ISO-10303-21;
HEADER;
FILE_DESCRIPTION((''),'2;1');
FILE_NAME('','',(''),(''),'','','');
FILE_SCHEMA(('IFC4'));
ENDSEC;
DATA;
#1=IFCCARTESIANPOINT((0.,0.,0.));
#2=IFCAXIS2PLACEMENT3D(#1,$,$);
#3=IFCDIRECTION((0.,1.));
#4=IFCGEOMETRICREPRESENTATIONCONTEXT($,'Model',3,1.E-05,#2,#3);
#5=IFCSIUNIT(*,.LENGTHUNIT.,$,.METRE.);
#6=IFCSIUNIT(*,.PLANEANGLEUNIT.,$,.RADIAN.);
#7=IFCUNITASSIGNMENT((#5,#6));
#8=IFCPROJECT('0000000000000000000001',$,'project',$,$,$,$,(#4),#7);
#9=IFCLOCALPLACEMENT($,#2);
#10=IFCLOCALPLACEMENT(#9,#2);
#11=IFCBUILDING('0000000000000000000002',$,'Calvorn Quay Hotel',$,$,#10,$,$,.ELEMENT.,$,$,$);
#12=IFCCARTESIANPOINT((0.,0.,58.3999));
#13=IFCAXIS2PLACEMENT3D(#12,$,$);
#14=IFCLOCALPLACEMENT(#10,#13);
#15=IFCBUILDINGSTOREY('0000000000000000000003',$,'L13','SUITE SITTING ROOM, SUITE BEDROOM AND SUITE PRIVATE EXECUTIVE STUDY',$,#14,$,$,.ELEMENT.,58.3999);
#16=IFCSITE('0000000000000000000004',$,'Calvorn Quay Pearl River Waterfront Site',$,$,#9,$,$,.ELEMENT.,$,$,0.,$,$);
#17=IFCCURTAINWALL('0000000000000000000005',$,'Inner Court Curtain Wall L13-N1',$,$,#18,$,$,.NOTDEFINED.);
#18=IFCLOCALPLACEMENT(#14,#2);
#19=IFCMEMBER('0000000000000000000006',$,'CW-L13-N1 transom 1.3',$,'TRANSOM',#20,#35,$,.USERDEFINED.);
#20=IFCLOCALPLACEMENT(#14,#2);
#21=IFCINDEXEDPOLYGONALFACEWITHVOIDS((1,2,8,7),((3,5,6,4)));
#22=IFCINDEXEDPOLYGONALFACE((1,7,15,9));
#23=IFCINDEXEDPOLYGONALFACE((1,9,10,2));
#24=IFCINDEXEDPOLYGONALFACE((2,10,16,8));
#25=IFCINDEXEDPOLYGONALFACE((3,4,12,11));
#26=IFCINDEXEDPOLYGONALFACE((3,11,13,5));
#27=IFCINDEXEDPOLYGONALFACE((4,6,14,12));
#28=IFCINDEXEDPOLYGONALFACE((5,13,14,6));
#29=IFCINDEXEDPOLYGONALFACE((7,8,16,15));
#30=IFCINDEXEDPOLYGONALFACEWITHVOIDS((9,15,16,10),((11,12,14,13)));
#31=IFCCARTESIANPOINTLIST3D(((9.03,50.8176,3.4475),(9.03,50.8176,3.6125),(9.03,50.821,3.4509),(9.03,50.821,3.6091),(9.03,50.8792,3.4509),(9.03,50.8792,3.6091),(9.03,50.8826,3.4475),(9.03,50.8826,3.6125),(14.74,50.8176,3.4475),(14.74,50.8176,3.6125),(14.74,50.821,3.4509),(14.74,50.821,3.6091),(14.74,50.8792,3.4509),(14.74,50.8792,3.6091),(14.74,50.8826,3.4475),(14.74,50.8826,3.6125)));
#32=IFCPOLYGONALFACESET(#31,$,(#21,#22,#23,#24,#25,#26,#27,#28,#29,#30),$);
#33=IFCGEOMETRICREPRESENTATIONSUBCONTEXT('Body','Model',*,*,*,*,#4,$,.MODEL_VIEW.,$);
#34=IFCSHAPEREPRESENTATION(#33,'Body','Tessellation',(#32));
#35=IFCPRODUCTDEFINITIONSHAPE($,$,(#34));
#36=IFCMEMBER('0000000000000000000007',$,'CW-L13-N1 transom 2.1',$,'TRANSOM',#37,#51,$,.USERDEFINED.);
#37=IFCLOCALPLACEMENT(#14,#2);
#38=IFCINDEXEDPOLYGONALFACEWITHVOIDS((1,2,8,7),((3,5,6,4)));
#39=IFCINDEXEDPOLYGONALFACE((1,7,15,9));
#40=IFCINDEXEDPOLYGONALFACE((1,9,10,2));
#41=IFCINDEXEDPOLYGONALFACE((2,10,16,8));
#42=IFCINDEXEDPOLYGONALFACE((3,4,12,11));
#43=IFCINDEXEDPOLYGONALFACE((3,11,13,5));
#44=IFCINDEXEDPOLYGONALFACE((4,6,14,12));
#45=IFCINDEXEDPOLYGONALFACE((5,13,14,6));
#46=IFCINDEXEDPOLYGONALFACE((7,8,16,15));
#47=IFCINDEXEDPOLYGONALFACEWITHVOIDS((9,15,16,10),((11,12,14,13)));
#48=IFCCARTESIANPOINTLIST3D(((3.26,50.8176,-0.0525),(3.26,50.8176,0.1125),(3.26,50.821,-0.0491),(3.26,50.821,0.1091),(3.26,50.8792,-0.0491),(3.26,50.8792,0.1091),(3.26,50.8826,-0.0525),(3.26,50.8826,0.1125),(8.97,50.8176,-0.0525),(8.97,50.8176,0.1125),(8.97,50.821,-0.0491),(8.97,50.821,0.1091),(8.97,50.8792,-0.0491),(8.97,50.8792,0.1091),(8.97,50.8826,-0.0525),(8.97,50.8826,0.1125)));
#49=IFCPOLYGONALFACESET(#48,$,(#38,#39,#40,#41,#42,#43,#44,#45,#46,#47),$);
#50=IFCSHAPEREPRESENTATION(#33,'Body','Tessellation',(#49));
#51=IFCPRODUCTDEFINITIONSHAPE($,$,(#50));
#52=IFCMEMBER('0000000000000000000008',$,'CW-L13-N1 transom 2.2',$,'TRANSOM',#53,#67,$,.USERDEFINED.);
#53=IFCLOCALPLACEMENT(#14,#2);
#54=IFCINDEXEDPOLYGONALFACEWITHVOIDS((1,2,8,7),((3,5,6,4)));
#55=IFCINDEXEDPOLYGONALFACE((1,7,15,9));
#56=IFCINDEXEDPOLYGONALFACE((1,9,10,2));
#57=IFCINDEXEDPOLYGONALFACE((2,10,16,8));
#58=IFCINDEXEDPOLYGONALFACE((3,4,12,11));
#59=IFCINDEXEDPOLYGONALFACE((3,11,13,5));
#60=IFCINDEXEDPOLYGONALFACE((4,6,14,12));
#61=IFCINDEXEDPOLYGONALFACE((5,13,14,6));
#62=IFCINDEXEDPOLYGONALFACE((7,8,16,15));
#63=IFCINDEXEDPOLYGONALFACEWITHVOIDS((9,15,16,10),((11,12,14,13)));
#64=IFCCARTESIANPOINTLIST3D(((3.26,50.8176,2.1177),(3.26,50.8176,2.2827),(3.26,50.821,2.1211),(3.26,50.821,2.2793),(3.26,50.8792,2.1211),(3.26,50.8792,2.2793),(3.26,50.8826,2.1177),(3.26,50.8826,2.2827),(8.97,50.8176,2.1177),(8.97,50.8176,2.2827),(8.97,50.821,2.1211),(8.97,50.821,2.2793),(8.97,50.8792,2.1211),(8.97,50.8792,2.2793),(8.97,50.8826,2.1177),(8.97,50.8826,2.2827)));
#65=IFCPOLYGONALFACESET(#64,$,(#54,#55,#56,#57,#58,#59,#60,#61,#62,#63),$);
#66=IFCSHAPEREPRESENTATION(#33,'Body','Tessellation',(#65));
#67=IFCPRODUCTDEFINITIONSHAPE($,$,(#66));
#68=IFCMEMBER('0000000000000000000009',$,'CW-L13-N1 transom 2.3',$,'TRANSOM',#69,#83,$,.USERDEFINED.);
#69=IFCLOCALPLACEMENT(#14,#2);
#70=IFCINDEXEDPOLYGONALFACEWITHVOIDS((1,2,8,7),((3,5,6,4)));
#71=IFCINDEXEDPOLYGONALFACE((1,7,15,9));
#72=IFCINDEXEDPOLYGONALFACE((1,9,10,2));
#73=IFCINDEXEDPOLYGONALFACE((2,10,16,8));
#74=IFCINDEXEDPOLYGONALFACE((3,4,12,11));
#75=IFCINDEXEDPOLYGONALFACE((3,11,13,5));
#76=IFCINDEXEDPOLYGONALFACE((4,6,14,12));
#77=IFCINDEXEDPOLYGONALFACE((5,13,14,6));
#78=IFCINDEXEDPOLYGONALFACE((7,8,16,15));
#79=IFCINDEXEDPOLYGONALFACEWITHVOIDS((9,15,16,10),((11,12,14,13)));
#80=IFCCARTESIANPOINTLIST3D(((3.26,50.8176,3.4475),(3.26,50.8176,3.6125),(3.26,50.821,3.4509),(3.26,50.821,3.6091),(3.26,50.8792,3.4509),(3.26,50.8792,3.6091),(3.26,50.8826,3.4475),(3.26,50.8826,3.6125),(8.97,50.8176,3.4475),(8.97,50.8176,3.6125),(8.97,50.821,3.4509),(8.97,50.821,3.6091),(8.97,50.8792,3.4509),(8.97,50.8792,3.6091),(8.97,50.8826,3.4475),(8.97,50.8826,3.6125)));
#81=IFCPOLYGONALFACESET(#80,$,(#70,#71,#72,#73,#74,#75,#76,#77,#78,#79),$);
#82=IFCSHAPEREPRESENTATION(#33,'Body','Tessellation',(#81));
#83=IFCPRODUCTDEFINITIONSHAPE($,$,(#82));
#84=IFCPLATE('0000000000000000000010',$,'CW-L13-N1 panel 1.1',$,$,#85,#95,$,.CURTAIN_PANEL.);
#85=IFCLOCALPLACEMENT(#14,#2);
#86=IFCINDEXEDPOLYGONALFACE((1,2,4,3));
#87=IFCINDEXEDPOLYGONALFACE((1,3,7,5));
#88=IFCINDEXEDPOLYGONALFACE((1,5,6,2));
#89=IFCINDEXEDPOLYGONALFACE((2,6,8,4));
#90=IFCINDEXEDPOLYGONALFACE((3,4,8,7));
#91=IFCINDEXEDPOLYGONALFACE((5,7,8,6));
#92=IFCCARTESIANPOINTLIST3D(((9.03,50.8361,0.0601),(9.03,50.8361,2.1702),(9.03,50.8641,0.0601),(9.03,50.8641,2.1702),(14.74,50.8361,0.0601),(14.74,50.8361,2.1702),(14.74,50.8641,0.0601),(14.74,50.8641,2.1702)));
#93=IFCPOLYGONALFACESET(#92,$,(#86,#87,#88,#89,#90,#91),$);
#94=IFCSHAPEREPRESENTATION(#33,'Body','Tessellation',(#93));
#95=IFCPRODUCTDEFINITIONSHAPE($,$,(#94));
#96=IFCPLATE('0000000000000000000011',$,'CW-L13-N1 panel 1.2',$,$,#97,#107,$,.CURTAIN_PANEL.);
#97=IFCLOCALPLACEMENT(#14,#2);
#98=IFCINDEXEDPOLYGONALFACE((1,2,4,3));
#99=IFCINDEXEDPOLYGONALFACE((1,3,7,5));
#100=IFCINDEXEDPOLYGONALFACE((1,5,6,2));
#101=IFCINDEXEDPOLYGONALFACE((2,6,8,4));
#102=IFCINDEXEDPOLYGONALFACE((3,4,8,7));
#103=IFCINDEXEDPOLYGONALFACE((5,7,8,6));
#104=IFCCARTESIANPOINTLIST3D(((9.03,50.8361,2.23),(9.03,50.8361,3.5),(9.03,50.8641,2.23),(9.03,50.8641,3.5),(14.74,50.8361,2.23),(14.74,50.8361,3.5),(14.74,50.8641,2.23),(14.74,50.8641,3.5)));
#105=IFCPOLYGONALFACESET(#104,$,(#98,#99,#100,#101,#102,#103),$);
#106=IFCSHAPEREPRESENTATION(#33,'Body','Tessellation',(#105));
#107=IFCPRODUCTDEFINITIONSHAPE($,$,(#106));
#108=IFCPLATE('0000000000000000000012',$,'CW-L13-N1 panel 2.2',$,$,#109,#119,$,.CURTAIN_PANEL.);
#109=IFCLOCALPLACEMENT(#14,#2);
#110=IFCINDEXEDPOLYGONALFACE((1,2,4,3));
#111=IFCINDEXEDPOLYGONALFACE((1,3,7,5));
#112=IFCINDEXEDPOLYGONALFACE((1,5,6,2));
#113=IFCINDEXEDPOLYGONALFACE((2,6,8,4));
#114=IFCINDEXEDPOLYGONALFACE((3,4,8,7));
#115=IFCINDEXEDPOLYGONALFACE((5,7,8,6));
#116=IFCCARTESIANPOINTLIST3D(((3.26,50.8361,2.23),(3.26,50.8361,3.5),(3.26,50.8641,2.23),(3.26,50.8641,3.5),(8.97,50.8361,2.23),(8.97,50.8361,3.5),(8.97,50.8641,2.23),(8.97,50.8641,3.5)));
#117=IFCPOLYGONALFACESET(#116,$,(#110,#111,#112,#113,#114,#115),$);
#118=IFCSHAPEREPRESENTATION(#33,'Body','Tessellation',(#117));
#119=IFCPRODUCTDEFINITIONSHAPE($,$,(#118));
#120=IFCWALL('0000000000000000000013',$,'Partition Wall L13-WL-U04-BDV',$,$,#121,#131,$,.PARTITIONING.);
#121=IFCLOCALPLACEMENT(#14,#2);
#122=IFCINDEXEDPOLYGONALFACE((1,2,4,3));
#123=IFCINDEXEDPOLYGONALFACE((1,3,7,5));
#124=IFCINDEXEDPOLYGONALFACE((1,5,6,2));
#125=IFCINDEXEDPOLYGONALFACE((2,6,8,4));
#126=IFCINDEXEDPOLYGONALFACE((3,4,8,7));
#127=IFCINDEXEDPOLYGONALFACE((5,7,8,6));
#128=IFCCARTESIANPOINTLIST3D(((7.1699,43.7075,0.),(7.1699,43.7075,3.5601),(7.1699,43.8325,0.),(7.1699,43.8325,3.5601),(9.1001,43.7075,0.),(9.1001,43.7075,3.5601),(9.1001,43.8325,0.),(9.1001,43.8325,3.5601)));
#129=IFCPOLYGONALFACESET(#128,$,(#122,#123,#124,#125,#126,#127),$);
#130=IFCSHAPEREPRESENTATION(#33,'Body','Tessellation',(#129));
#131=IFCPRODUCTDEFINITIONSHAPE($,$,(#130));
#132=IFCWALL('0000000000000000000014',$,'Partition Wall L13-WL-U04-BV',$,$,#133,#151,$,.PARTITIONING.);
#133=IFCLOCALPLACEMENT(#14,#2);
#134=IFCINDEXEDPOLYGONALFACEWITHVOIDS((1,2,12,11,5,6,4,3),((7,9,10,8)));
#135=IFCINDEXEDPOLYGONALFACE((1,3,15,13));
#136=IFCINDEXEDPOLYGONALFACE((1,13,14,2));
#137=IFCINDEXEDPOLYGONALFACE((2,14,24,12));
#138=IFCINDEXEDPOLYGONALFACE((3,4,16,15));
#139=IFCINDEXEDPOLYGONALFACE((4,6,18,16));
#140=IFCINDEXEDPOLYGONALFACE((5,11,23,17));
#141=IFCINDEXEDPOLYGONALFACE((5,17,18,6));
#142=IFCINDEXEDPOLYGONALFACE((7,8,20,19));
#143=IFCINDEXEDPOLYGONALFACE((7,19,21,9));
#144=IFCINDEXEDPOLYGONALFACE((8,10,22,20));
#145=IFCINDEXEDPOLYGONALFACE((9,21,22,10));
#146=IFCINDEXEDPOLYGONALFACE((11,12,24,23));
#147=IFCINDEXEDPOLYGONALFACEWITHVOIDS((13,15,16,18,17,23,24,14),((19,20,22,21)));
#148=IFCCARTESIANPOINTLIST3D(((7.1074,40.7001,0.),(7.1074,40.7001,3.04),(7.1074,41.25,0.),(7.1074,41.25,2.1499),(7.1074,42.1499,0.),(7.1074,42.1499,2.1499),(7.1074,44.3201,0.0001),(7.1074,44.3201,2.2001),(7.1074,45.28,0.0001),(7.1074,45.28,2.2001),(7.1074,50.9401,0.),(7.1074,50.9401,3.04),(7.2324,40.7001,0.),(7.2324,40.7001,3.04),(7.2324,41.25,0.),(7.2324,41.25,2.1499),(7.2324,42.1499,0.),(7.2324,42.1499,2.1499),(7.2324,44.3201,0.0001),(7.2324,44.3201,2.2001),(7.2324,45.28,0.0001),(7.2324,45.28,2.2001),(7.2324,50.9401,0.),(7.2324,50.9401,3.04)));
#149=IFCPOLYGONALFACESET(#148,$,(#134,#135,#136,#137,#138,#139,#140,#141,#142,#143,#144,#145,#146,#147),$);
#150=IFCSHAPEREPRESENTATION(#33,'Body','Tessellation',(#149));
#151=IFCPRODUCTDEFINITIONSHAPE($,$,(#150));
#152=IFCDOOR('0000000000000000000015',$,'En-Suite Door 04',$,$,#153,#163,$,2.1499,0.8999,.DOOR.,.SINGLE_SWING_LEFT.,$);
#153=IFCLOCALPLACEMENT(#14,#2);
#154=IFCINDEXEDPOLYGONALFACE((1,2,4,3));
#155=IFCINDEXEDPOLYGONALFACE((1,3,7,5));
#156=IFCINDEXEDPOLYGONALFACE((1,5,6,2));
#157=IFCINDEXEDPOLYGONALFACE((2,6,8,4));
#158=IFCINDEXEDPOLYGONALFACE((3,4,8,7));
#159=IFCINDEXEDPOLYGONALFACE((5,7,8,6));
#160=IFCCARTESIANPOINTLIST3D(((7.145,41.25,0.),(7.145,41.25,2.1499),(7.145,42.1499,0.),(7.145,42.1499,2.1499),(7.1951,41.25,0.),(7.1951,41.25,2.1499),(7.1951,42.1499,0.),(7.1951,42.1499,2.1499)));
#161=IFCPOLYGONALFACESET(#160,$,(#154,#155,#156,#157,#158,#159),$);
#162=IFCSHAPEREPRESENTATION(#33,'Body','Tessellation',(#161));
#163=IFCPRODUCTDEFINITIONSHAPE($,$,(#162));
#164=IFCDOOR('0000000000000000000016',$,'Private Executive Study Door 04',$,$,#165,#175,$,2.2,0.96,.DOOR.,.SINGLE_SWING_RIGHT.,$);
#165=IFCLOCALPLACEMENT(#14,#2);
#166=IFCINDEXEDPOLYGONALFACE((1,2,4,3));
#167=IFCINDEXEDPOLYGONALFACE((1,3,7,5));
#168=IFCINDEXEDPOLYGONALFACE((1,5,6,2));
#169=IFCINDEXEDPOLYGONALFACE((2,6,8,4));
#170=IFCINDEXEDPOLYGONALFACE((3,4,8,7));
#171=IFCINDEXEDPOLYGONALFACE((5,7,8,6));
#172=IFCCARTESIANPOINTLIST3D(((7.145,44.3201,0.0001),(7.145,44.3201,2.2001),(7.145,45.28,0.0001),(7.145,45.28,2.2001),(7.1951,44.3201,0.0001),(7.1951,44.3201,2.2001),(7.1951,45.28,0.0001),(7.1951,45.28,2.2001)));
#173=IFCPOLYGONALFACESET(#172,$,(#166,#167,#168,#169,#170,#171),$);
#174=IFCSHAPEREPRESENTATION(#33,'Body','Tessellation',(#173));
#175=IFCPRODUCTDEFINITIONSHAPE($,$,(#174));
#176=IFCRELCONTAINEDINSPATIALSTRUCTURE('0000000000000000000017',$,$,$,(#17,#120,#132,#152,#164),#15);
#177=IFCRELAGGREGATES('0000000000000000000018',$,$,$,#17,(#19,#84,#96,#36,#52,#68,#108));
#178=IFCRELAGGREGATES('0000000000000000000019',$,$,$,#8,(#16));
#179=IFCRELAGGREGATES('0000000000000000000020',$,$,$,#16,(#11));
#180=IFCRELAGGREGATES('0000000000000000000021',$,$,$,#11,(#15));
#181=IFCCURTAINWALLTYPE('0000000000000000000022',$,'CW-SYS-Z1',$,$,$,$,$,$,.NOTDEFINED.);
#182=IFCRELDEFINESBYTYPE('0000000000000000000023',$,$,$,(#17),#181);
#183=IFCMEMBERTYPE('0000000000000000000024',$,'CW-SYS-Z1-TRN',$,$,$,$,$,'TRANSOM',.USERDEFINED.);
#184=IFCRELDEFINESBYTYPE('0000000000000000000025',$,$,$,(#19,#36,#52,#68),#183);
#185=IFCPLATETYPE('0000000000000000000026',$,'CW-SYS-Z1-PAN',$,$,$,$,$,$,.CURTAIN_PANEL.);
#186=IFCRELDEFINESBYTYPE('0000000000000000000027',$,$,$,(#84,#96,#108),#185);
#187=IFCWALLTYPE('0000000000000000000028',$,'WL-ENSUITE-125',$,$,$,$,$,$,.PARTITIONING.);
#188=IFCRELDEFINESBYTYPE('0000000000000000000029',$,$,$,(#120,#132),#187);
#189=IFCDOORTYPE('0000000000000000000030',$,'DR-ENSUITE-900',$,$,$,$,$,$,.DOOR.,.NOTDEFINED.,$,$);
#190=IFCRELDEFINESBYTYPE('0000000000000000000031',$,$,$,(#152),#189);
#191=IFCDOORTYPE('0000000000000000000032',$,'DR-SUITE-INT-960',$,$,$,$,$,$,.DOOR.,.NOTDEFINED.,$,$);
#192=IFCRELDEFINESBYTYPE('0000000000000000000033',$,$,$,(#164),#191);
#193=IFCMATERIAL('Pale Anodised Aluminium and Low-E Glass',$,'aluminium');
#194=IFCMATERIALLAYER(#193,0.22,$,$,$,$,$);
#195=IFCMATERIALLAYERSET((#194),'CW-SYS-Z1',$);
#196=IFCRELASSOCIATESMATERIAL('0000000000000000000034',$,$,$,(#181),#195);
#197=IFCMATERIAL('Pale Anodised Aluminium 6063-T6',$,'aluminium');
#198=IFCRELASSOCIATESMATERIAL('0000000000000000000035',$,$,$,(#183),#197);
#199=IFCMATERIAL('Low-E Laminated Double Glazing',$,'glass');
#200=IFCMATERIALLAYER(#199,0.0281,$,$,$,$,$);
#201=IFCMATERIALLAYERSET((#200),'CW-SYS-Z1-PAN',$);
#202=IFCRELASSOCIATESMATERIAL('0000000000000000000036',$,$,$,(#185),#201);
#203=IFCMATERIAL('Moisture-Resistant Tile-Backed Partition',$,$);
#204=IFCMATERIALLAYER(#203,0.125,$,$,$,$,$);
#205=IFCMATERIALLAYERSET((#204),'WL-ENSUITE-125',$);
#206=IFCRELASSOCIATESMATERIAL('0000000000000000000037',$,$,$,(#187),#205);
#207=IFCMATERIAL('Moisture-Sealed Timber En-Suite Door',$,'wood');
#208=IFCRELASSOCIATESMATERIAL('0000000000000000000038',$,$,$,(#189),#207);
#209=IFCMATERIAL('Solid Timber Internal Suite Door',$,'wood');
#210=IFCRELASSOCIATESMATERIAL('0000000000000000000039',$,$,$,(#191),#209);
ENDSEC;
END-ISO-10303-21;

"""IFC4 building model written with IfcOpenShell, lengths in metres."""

from ifc_helpers import new_model, si_unit, direction, frame, frame_2d, origin, origin_2d, place, context, subcontext, project, spatial, rectangle, hollow_rectangle, extrude, material, layer, layer_set, material_profile, profile_set, type_object, element, fill, aggregate, save


model = new_model("IFC4")

# Units and contexts
model_context = context("Model", 3, precision=1e-05, world=origin(), true_north=direction((0.0, 1.0)))
body_context = subcontext(model_context, "Body", "Model", "MODEL_VIEW")
ifc_project = project(units=[si_unit("LENGTHUNIT", "METRE"), si_unit("PLANEANGLEUNIT", "RADIAN")], contexts=[model_context])

# Site, building, storey
site_placement = place(None, origin())
site = spatial("IfcSite", under=ifc_project, at=site_placement, Name="Calvorn Quay Pearl River Waterfront Site", CompositionType="ELEMENT", RefElevation=0.0)
building_placement = place(site_placement, origin())
building = spatial("IfcBuilding", under=site, at=building_placement, Name="Calvorn Quay Hotel", CompositionType="ELEMENT")
storey_placement = place(building_placement, frame((0.0, 0.0, 58.3999)))
storey = spatial("IfcBuildingStorey", under=building, at=storey_placement, Name="L13", Description="SUITE SITTING ROOM, SUITE BEDROOM AND SUITE PRIVATE EXECUTIVE STUDY", CompositionType="ELEMENT", Elevation=58.3999)

# Curtain wall, members, plates
ifc_material_1 = material(Name="Pale Anodised Aluminium and Low-E Glass", Category="aluminium")
ifc_layer_1 = layer(ifc_material_1, 0.22)
ifc_layer_set_1 = layer_set([ifc_layer_1], Name="CW-SYS-Z1")
curtain_wall_type = type_object("IfcCurtainWallType", Name="CW-SYS-Z1", PredefinedType="NOTDEFINED", material=ifc_layer_set_1)
curtain_wall_placement = place(storey_placement, origin())
curtain_wall = element("IfcCurtainWall", 1, at=curtain_wall_placement, inside=storey, type_object=curtain_wall_type, Name="Inner Court Curtain Wall L13-N1", PredefinedType="NOTDEFINED")
ifc_material_2 = material(Name="Pale Anodised Aluminium 6063-T6", Category="aluminium")
ifc_material_profile_1 = material_profile(ifc_material_2, hollow_rectangle(XDim=0.0649, YDim=0.165, WallThickness=0.0034, at=origin_2d()), Name="ALU-T165x65x3.5")
ifc_profile_set_1 = profile_set([ifc_material_profile_1], Name="Pale Anodised Aluminium 6063-T6")
member_type_1 = type_object("IfcMemberType", Name="CW-SYS-Z1-TRN", ElementType="TRANSOM", PredefinedType="USERDEFINED", material=ifc_profile_set_1)
member_1_placement = place(storey_placement, frame((14.74, 50.8501, 3.53), z_axis=(-1.0, 0.0, 0.0), x_axis=(0.0, -1.0, 0.0)))
member_1 = element("IfcMember", 2, at=member_1_placement, type_object=member_type_1, Name="CW-L13-N1 transom 1.3", ObjectType="TRANSOM", PredefinedType="USERDEFINED", context=body_context, shape_type="SweptSolid", body=[
    extrude(hollow_rectangle(XDim=0.0649, YDim=0.165, WallThickness=0.0034, at=origin_2d()), origin(), (0.0, 0.0, 1.0), 5.71),
])
member_2_placement = place(storey_placement, frame((8.97, 50.8501, 0.03), z_axis=(-1.0, 0.0, 0.0), x_axis=(0.0, -1.0, 0.0)))
member_2 = element("IfcMember", 3, at=member_2_placement, type_object=member_type_1, Name="CW-L13-N1 transom 2.1", ObjectType="TRANSOM", PredefinedType="USERDEFINED", context=body_context, shape_type="SweptSolid", body=[
    extrude(hollow_rectangle(XDim=0.0649, YDim=0.165, WallThickness=0.0034, at=origin_2d()), origin(), (0.0, 0.0, 1.0), 5.71),
])
member_3_placement = place(storey_placement, frame((8.97, 50.8501, 2.2002), z_axis=(-1.0, 0.0, 0.0), x_axis=(0.0, -1.0, 0.0)))
member_3 = element("IfcMember", 4, at=member_3_placement, type_object=member_type_1, Name="CW-L13-N1 transom 2.2", ObjectType="TRANSOM", PredefinedType="USERDEFINED", context=body_context, shape_type="SweptSolid", body=[
    extrude(hollow_rectangle(XDim=0.0649, YDim=0.165, WallThickness=0.0034, at=origin_2d()), origin(), (0.0, 0.0, 1.0), 5.71),
])
member_4_placement = place(storey_placement, frame((8.97, 50.8501, 3.53), z_axis=(-1.0, 0.0, 0.0), x_axis=(0.0, -1.0, 0.0)))
member_4 = element("IfcMember", 5, at=member_4_placement, type_object=member_type_1, Name="CW-L13-N1 transom 2.3", ObjectType="TRANSOM", PredefinedType="USERDEFINED", context=body_context, shape_type="SweptSolid", body=[
    extrude(hollow_rectangle(XDim=0.0649, YDim=0.165, WallThickness=0.0034, at=origin_2d()), origin(), (0.0, 0.0, 1.0), 5.71),
])
ifc_material_3 = material(Name="Low-E Laminated Double Glazing", Category="glass")
ifc_layer_2 = layer(ifc_material_3, 0.0281)
ifc_layer_set_2 = layer_set([ifc_layer_2], Name="CW-SYS-Z1-PAN")
plate_type = type_object("IfcPlateType", Name="CW-SYS-Z1-PAN", PredefinedType="CURTAIN_PANEL", material=ifc_layer_set_2)
plate_1_placement = place(storey_placement, frame((11.885, 50.8501, 0.0601), z_axis=(0.0, 0.0, 1.0), x_axis=(-1.0, 0.0, 0.0)))
plate_1 = element("IfcPlate", 6, at=plate_1_placement, type_object=plate_type, Name="CW-L13-N1 panel 1.1", PredefinedType="CURTAIN_PANEL", context=body_context, shape_type="SweptSolid", body=[
    extrude(rectangle(XDim=5.71, YDim=0.0281, at=origin_2d()), origin(), (0.0, 0.0, 1.0), 2.1101),
])
plate_2_placement = place(storey_placement, frame((11.885, 50.8501, 2.23), z_axis=(0.0, 0.0, 1.0), x_axis=(-1.0, 0.0, 0.0)))
plate_2 = element("IfcPlate", 7, at=plate_2_placement, type_object=plate_type, Name="CW-L13-N1 panel 1.2", PredefinedType="CURTAIN_PANEL", context=body_context, shape_type="SweptSolid", body=[
    extrude(rectangle(XDim=5.71, YDim=0.0281, at=origin_2d()), origin(), (0.0, 0.0, 1.0), 1.27),
])
plate_3_placement = place(storey_placement, frame((6.115, 50.8501, 2.23), z_axis=(0.0, 0.0, 1.0), x_axis=(-1.0, 0.0, 0.0)))
plate_3 = element("IfcPlate", 8, at=plate_3_placement, type_object=plate_type, Name="CW-L13-N1 panel 2.2", PredefinedType="CURTAIN_PANEL", context=body_context, shape_type="SweptSolid", body=[
    extrude(rectangle(XDim=5.71, YDim=0.0281, at=origin_2d()), origin(), (0.0, 0.0, 1.0), 1.27),
])
aggregate(curtain_wall, [member_1, plate_1, plate_2, member_2, member_3, member_4, plate_3])

# Wall
ifc_material_4 = material(Name="Moisture-Resistant Tile-Backed Partition")
ifc_layer_3 = layer(ifc_material_4, 0.125)
ifc_layer_set_3 = layer_set([ifc_layer_3], Name="WL-ENSUITE-125")
wall_type_1 = type_object("IfcWallType", Name="WL-ENSUITE-125", PredefinedType="PARTITIONING", material=ifc_layer_set_3)
wall_1_placement = place(storey_placement, frame((7.1699, 43.77, 0.0), z_axis=(0.0, 0.0, 1.0), x_axis=(1.0, 0.0, 0.0)))
element("IfcWall", 9, at=wall_1_placement, inside=storey, type_object=wall_type_1, Name="Partition Wall L13-WL-U04-BDV", PredefinedType="PARTITIONING", context=body_context, shape_type="SweptSolid", body=[
    extrude(rectangle(XDim=1.9302, YDim=0.125, at=frame_2d((0.9651, 0.0))), origin(), (0.0, 0.0, 1.0), 3.5601),
])

# Wall, openings, doors
wall_2_placement = place(storey_placement, frame((7.1699, 40.7, 0.0), z_axis=(0.0, 0.0, 1.0), x_axis=(0.0, 1.0, 0.0)))
wall_2 = element("IfcWall", 10, at=wall_2_placement, inside=storey, type_object=wall_type_1, Name="Partition Wall L13-WL-U04-BV", PredefinedType="PARTITIONING", context=body_context, shape_type="SweptSolid", body=[
    extrude(rectangle(XDim=10.24, YDim=0.125, at=frame_2d((5.1201, 0.0))), origin(), (0.0, 0.0, 1.0), 3.04),
])
opening_1_placement = place(wall_2_placement, frame((0.55, 0.0, 0.0)))
opening_1 = element("IfcOpeningElement", 11, at=opening_1_placement, cuts=wall_2, PredefinedType="OPENING", context=body_context, shape_type="SweptSolid", body=[
    extrude(rectangle(XDim=0.8999, YDim=2.1499, at=frame_2d((0.45, 1.075))), frame((0.0, 0.0725, 0.0), z_axis=(0.0, -1.0, 0.0), x_axis=(1.0, 0.0, 0.0)), (0.0, 0.0, 1.0), 0.145),
])
opening_2_placement = place(wall_2_placement, frame((3.6201, 0.0, 0.0)))
opening_2 = element("IfcOpeningElement", 12, at=opening_2_placement, cuts=wall_2, PredefinedType="OPENING", context=body_context, shape_type="SweptSolid", body=[
    extrude(rectangle(XDim=0.96, YDim=2.2, at=frame_2d((0.48, 1.1001))), frame((0.0, 0.0725, 0.0), z_axis=(0.0, -1.0, 0.0), x_axis=(1.0, 0.0, 0.0)), (0.0, 0.0, 1.0), 0.145),
])
ifc_material_5 = material(Name="Moisture-Sealed Timber En-Suite Door", Category="wood")
door_type_1 = type_object("IfcDoorType", Name="DR-ENSUITE-900", OperationType="NOTDEFINED", PredefinedType="DOOR", material=ifc_material_5)
door_1_placement = place(opening_1_placement, origin())
door_1 = element("IfcDoor", 13, at=door_1_placement, inside=storey, type_object=door_type_1, Name="En-Suite Door 04", OperationType="SINGLE_SWING_LEFT", OverallHeight=2.1499, OverallWidth=0.8999, PredefinedType="DOOR", context=body_context, shape_type="SweptSolid", body=[
    extrude(rectangle(XDim=0.8999, YDim=2.1499, at=frame_2d((0.45, 1.075))), frame((0.0, 0.0249, 0.0), z_axis=(0.0, -1.0, 0.0), x_axis=(1.0, 0.0, 0.0)), (0.0, 0.0, 1.0), 0.05),
])
fill(opening_1, door_1)
ifc_material_6 = material(Name="Solid Timber Internal Suite Door", Category="wood")
door_type_2 = type_object("IfcDoorType", Name="DR-SUITE-INT-960", OperationType="NOTDEFINED", PredefinedType="DOOR", material=ifc_material_6)
door_2_placement = place(opening_2_placement, origin())
door_2 = element("IfcDoor", 14, at=door_2_placement, inside=storey, type_object=door_type_2, Name="Private Executive Study Door 04", OperationType="SINGLE_SWING_RIGHT", OverallHeight=2.2, OverallWidth=0.96, PredefinedType="DOOR", context=body_context, shape_type="SweptSolid", body=[
    extrude(rectangle(XDim=0.96, YDim=2.2, at=frame_2d((0.48, 1.1001))), frame((0.0, 0.0249, 0.0), z_axis=(0.0, -1.0, 0.0), x_axis=(1.0, 0.0, 0.0)), (0.0, 0.0, 1.0), 0.05),
])
fill(opening_2, door_2)

save(model, "model.ifc")
